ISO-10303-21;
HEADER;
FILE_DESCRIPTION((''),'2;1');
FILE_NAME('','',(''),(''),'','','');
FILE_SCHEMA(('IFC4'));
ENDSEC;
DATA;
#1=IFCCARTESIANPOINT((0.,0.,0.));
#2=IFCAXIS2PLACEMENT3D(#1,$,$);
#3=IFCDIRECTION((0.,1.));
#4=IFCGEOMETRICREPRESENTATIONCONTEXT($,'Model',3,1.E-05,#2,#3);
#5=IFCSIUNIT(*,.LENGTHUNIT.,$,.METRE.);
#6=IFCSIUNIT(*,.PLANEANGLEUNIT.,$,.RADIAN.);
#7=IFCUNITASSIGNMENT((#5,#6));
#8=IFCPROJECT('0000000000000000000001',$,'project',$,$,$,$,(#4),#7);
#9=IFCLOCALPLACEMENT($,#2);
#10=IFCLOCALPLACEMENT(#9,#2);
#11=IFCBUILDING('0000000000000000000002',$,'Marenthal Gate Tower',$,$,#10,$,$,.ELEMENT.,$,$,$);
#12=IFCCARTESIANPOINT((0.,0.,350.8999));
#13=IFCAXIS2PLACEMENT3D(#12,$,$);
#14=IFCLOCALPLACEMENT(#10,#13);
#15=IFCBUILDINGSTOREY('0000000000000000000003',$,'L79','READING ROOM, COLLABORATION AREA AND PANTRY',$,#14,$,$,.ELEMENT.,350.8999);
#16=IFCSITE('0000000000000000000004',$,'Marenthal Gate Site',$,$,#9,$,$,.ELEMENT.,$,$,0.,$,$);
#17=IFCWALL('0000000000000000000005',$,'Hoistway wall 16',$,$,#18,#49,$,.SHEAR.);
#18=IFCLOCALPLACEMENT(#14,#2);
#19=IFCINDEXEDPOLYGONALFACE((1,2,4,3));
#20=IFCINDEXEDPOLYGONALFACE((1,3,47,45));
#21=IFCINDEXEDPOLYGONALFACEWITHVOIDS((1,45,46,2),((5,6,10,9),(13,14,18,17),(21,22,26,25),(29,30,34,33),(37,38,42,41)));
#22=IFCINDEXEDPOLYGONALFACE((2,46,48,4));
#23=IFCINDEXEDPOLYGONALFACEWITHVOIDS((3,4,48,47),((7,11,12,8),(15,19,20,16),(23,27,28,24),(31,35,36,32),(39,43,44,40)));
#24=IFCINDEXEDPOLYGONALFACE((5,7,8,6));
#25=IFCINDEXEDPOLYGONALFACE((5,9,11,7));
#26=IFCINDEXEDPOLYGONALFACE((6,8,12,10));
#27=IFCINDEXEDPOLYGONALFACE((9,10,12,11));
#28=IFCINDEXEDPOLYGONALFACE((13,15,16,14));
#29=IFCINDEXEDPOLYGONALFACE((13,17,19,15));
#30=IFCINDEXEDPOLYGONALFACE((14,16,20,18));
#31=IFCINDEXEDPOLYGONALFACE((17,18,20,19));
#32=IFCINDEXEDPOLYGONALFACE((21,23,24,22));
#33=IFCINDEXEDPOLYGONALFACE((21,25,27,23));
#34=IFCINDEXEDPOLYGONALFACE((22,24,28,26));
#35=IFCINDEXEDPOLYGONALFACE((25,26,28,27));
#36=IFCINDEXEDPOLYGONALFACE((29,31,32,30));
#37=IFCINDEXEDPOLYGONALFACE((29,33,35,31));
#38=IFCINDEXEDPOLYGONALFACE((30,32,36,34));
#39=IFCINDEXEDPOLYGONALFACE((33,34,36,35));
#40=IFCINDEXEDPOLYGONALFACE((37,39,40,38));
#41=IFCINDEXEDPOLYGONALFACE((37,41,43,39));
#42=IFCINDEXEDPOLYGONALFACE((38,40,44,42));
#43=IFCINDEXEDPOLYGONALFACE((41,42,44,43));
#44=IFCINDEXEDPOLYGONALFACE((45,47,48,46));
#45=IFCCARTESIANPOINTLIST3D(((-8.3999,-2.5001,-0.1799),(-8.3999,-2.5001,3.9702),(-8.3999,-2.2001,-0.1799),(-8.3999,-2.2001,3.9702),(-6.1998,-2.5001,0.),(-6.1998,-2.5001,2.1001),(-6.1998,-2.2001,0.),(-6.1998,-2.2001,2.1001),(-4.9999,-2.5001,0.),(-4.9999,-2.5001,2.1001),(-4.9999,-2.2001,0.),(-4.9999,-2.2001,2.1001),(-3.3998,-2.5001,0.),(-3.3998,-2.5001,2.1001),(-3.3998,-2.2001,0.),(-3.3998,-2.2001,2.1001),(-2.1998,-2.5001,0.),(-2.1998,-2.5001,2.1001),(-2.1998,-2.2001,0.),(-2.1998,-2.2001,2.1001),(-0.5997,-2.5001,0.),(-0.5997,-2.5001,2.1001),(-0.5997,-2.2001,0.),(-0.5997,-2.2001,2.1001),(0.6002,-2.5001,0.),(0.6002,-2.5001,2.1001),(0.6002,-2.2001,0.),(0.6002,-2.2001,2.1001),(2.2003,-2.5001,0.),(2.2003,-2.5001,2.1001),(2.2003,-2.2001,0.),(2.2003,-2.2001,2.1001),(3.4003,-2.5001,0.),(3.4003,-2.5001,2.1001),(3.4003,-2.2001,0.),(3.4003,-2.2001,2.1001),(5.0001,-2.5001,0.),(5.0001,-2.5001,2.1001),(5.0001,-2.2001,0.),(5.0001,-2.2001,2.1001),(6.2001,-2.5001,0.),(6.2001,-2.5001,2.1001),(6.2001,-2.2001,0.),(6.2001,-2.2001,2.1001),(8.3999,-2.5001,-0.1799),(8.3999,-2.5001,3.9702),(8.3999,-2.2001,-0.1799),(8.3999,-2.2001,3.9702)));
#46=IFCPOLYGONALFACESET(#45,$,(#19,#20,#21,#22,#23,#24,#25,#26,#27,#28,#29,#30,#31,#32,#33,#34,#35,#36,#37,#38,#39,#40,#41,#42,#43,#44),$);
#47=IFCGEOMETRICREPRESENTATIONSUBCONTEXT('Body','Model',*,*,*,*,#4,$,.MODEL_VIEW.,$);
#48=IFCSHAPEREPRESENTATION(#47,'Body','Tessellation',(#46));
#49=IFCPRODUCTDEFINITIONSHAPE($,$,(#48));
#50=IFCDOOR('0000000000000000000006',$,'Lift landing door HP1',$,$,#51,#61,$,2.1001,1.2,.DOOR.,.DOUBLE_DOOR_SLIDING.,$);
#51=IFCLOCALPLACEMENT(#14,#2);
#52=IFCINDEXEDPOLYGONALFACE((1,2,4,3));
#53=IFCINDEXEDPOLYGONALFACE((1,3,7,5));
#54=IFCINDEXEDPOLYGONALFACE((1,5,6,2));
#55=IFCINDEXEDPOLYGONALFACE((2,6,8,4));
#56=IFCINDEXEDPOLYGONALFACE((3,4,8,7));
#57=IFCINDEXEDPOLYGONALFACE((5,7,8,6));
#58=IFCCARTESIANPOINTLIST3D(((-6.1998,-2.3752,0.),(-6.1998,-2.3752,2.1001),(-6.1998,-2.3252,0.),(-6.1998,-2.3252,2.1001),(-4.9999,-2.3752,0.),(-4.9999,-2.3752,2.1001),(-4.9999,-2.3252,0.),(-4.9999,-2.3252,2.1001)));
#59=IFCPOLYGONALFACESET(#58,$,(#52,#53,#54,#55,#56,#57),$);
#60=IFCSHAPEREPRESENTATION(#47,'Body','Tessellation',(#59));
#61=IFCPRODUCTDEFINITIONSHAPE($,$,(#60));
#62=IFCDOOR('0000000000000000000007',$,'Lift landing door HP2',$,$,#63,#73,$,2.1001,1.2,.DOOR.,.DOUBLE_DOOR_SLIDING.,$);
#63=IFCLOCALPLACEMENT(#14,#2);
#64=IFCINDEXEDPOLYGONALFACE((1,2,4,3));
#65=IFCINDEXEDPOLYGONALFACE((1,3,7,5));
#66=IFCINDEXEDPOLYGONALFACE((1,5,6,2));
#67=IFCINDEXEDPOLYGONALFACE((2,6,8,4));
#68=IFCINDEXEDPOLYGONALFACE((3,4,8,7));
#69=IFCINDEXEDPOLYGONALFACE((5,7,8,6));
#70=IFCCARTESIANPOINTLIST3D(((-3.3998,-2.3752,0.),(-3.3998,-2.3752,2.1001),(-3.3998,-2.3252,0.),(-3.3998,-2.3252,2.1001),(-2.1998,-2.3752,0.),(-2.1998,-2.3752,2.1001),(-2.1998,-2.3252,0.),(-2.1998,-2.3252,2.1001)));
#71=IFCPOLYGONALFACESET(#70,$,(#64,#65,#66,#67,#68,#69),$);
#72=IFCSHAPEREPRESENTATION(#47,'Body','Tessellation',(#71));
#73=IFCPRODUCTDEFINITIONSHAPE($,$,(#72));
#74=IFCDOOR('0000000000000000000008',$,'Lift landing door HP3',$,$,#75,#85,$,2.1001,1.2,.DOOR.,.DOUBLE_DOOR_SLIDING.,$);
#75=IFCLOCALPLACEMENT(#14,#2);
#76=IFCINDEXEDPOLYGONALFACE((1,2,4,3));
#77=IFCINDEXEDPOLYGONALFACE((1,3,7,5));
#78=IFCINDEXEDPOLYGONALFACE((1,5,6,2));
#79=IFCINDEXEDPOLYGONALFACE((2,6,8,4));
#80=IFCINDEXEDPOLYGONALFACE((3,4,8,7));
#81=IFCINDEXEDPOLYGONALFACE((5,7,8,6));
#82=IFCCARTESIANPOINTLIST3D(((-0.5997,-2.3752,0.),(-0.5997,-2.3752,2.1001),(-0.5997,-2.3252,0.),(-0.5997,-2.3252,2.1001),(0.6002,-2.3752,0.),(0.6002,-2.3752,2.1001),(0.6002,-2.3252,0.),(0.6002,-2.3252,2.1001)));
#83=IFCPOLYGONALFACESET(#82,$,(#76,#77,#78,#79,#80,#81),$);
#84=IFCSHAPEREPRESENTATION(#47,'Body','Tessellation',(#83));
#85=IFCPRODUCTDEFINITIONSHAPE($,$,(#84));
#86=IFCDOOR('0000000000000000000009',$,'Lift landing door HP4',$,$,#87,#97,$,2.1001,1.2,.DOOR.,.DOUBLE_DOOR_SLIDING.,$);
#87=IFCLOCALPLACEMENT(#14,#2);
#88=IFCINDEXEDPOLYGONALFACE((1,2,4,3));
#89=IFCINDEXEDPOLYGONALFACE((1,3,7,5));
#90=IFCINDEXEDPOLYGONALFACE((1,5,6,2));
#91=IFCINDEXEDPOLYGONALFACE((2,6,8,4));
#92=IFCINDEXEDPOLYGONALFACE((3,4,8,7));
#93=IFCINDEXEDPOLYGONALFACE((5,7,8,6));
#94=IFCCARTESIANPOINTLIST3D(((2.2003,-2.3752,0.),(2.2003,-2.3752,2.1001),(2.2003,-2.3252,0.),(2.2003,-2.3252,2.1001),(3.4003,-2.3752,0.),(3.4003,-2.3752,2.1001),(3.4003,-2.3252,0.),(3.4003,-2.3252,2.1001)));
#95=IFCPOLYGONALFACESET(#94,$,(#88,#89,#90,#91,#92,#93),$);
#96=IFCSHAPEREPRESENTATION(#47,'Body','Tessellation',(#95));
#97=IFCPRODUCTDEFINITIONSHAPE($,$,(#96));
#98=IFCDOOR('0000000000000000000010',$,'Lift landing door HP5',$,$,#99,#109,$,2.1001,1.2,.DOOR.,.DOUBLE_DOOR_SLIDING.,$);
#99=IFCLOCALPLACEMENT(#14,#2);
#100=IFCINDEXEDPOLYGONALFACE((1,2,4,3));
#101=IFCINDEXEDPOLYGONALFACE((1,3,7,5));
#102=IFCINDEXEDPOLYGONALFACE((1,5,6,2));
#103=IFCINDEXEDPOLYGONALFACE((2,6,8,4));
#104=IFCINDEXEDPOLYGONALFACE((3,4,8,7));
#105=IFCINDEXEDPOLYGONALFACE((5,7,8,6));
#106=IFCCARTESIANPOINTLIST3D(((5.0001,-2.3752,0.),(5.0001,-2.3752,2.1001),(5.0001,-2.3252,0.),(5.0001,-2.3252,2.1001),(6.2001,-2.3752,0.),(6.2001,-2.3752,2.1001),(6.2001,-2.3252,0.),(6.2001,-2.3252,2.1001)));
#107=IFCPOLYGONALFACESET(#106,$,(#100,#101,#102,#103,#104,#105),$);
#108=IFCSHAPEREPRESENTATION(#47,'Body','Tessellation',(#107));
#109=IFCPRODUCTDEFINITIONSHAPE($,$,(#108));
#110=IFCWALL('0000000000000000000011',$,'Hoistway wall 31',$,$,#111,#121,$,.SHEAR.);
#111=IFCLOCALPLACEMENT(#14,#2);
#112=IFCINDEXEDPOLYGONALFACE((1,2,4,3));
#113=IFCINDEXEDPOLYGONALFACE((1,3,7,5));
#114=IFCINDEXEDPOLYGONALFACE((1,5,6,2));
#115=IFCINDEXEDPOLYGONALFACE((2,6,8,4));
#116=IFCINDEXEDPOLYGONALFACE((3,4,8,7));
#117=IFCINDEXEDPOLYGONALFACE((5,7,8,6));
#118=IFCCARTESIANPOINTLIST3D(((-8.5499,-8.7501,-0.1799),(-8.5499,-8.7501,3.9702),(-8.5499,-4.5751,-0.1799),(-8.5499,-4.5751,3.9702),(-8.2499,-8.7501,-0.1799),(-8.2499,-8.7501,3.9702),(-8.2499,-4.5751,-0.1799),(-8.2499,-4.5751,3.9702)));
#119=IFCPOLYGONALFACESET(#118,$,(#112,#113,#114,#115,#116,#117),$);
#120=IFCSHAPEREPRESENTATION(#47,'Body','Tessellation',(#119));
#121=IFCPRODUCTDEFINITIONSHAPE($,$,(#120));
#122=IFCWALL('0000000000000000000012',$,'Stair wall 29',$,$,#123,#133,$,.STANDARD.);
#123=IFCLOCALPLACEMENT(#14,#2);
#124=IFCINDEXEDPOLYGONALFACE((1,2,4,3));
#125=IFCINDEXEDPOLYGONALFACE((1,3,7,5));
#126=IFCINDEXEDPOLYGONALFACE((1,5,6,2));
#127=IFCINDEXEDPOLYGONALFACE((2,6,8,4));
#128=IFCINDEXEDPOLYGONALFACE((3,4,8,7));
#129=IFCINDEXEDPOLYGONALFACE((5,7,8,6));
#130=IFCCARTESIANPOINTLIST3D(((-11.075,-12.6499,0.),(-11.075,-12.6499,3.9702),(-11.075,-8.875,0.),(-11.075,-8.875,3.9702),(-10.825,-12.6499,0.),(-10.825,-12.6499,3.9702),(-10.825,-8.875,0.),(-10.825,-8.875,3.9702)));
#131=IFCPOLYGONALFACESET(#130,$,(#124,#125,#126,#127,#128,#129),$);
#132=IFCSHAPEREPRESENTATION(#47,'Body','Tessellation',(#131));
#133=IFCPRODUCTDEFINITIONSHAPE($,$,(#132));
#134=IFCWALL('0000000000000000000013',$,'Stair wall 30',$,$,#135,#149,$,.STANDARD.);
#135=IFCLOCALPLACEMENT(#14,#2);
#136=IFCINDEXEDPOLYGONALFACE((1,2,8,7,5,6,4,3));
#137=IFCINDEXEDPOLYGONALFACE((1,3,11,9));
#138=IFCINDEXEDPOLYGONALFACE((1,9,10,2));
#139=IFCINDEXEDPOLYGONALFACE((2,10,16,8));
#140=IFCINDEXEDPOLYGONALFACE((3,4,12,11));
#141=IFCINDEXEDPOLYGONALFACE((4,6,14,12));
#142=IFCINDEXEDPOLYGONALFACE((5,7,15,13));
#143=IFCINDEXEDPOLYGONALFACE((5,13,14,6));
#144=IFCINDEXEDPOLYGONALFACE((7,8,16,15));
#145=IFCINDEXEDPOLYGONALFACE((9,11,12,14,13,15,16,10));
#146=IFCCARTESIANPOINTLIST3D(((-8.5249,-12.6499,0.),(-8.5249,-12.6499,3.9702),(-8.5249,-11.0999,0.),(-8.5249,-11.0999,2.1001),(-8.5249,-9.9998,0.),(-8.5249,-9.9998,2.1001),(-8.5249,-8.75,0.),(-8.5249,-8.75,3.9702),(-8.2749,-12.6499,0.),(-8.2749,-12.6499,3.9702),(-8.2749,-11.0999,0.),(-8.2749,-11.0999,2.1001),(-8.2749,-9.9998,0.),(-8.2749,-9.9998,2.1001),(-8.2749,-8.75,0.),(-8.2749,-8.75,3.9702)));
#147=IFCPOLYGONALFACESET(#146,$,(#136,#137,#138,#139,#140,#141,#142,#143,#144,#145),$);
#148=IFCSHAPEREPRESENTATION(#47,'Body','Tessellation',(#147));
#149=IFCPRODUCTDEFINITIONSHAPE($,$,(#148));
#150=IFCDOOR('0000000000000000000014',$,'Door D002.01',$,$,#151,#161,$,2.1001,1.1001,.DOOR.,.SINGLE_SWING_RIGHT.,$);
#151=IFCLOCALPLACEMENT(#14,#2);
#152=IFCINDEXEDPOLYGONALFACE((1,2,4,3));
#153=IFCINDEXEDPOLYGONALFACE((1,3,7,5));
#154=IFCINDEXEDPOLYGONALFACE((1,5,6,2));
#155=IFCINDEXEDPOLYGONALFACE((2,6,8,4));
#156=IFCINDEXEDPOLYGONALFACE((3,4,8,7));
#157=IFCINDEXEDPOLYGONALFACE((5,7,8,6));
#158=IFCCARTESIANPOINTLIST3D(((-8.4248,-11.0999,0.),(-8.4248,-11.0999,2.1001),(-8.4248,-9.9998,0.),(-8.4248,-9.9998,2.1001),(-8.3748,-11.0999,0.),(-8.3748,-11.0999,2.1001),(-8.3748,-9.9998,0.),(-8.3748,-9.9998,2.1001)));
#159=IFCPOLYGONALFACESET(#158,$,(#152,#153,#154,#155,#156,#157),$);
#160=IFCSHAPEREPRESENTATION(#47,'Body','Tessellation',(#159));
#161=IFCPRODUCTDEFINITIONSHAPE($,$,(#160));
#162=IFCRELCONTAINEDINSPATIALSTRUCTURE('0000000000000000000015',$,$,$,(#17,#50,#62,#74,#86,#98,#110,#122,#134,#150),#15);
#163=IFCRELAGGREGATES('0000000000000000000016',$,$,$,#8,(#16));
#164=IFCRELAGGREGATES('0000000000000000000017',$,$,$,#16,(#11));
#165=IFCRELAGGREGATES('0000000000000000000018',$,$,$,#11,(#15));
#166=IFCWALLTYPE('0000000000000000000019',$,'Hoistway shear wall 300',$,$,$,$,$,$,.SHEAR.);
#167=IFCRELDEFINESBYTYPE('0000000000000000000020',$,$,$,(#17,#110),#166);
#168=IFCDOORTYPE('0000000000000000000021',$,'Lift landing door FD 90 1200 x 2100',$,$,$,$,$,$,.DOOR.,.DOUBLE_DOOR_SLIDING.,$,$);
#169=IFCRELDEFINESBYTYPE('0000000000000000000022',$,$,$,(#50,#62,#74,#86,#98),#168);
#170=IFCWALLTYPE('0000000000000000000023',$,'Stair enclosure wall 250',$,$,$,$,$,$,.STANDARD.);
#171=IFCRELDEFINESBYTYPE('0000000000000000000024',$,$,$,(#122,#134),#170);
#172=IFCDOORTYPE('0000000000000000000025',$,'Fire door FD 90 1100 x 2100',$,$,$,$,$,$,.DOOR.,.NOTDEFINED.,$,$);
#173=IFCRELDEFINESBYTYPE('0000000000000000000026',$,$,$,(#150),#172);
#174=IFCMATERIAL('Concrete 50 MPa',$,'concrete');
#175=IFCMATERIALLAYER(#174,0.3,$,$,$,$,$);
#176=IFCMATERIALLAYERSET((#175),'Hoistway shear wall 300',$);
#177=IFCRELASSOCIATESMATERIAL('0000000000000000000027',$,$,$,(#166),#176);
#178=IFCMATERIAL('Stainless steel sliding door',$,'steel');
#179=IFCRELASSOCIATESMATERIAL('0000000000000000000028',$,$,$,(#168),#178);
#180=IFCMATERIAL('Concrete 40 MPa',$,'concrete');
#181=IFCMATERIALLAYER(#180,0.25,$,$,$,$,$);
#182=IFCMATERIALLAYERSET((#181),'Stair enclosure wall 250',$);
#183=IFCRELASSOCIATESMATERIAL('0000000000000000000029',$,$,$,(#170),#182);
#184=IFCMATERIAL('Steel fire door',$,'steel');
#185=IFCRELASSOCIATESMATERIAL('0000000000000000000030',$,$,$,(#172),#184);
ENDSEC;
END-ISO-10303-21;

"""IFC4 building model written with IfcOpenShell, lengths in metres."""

from ifc_helpers import new_model, si_unit, direction, frame, frame_2d, origin, place, context, subcontext, project, spatial, rectangle, extrude, material, layer, layer_set, type_object, element, fill, save


model = new_model("IFC4")

# Units and contexts
model_context = context("Model", 3, precision=1e-05, world=origin(), true_north=direction((0.0, 1.0)))
body_context = subcontext(model_context, "Body", "Model", "MODEL_VIEW")
ifc_project = project(units=[si_unit("LENGTHUNIT", "METRE"), si_unit("PLANEANGLEUNIT", "RADIAN")], contexts=[model_context])

# Site, building, storey
site_placement = place(None, origin())
site = spatial("IfcSite", under=ifc_project, at=site_placement, Name="Marenthal Gate Site", CompositionType="ELEMENT", RefElevation=0.0)
building_placement = place(site_placement, origin())
building = spatial("IfcBuilding", under=site, at=building_placement, Name="Marenthal Gate Tower", CompositionType="ELEMENT")
storey_placement = place(building_placement, frame((0.0, 0.0, 350.8999)))
storey = spatial("IfcBuildingStorey", under=building, at=storey_placement, Name="L79", Description="READING ROOM, COLLABORATION AREA AND PANTRY", CompositionType="ELEMENT", Elevation=350.8999)

# Wall, openings, doors
ifc_material_1 = material(Name="Concrete 50 MPa", Category="concrete")
ifc_layer_1 = layer(ifc_material_1, 0.3)
ifc_layer_set_1 = layer_set([ifc_layer_1], Name="Hoistway shear wall 300")
wall_type_1 = type_object("IfcWallType", Name="Hoistway shear wall 300", PredefinedType="SHEAR", material=ifc_layer_set_1)
wall_1_placement = place(storey_placement, frame((-8.3999, -2.3501, -0.1799), z_axis=(0.0, 0.0, 1.0), x_axis=(1.0, 0.0, 0.0)))
wall_1 = element("IfcWall", 1, at=wall_1_placement, inside=storey, type_object=wall_type_1, Name="Hoistway wall 16", PredefinedType="SHEAR", context=body_context, shape_type="SweptSolid", body=[
    extrude(rectangle(XDim=16.7998, YDim=0.3, at=frame_2d((8.3999, 0.0))), origin(), (0.0, 0.0, 1.0), 4.1501),
])
opening_1_placement = place(wall_1_placement, frame((2.2, 0.0, 0.1799)))
opening_1 = element("IfcOpeningElement", 2, at=opening_1_placement, cuts=wall_1, PredefinedType="OPENING", context=body_context, shape_type="SweptSolid", body=[
    extrude(rectangle(XDim=1.2, YDim=2.1001, at=frame_2d((0.6001, 1.05))), frame((0.0, 0.1602, 0.0), z_axis=(0.0, -1.0, 0.0), x_axis=(1.0, 0.0, 0.0)), (0.0, 0.0, 1.0), 0.3201),
])
opening_2_placement = place(wall_1_placement, frame((5.0, 0.0, 0.1799)))
opening_2 = element("IfcOpeningElement", 3, at=opening_2_placement, cuts=wall_1, PredefinedType="OPENING", context=body_context, shape_type="SweptSolid", body=[
    extrude(rectangle(XDim=1.2, YDim=2.1001, at=frame_2d((0.6001, 1.05))), frame((0.0, 0.1602, 0.0), z_axis=(0.0, -1.0, 0.0), x_axis=(1.0, 0.0, 0.0)), (0.0, 0.0, 1.0), 0.3201),
])
opening_3_placement = place(wall_1_placement, frame((7.8, 0.0, 0.1799)))
opening_3 = element("IfcOpeningElement", 4, at=opening_3_placement, cuts=wall_1, PredefinedType="OPENING", context=body_context, shape_type="SweptSolid", body=[
    extrude(rectangle(XDim=1.2, YDim=2.1001, at=frame_2d((0.6001, 1.05))), frame((0.0, 0.1602, 0.0), z_axis=(0.0, -1.0, 0.0), x_axis=(1.0, 0.0, 0.0)), (0.0, 0.0, 1.0), 0.3201),
])
opening_4_placement = place(wall_1_placement, frame((10.6001, 0.0, 0.1799)))
opening_4 = element("IfcOpeningElement", 5, at=opening_4_placement, cuts=wall_1, PredefinedType="OPENING", context=body_context, shape_type="SweptSolid", body=[
    extrude(rectangle(XDim=1.2, YDim=2.1001, at=frame_2d((0.6001, 1.05))), frame((0.0, 0.1602, 0.0), z_axis=(0.0, -1.0, 0.0), x_axis=(1.0, 0.0, 0.0)), (0.0, 0.0, 1.0), 0.3201),
])
opening_5_placement = place(wall_1_placement, frame((13.3999, 0.0, 0.1799)))
opening_5 = element("IfcOpeningElement", 6, at=opening_5_placement, cuts=wall_1, PredefinedType="OPENING", context=body_context, shape_type="SweptSolid", body=[
    extrude(rectangle(XDim=1.2, YDim=2.1001, at=frame_2d((0.6001, 1.05))), frame((0.0, 0.1602, 0.0), z_axis=(0.0, -1.0, 0.0), x_axis=(1.0, 0.0, 0.0)), (0.0, 0.0, 1.0), 0.3201),
])
ifc_material_2 = material(Name="Stainless steel sliding door", Category="steel")
door_type_1 = type_object("IfcDoorType", Name="Lift landing door FD 90 1200 x 2100", OperationType="DOUBLE_DOOR_SLIDING", PredefinedType="DOOR", material=ifc_material_2)
door_1_placement = place(opening_1_placement, origin())
door_1 = element("IfcDoor", 7, at=door_1_placement, inside=storey, type_object=door_type_1, Name="Lift landing door HP1", OperationType="DOUBLE_DOOR_SLIDING", OverallHeight=2.1001, OverallWidth=1.2, PredefinedType="DOOR", context=body_context, shape_type="SweptSolid", body=[
    extrude(rectangle(XDim=1.2, YDim=2.1001, at=frame_2d((0.6001, 1.05))), frame((0.0, 0.0249, 0.0), z_axis=(0.0, -1.0, 0.0), x_axis=(1.0, 0.0, 0.0)), (0.0, 0.0, 1.0), 0.05),
])
fill(opening_1, door_1)
door_2_placement = place(opening_2_placement, origin())
door_2 = element("IfcDoor", 8, at=door_2_placement, inside=storey, type_object=door_type_1, Name="Lift landing door HP2", OperationType="DOUBLE_DOOR_SLIDING", OverallHeight=2.1001, OverallWidth=1.2, PredefinedType="DOOR", context=body_context, shape_type="SweptSolid", body=[
    extrude(rectangle(XDim=1.2, YDim=2.1001, at=frame_2d((0.6001, 1.05))), frame((0.0, 0.0249, 0.0), z_axis=(0.0, -1.0, 0.0), x_axis=(1.0, 0.0, 0.0)), (0.0, 0.0, 1.0), 0.05),
])
fill(opening_2, door_2)
door_3_placement = place(opening_3_placement, origin())
door_3 = element("IfcDoor", 9, at=door_3_placement, inside=storey, type_object=door_type_1, Name="Lift landing door HP3", OperationType="DOUBLE_DOOR_SLIDING", OverallHeight=2.1001, OverallWidth=1.2, PredefinedType="DOOR", context=body_context, shape_type="SweptSolid", body=[
    extrude(rectangle(XDim=1.2, YDim=2.1001, at=frame_2d((0.6001, 1.05))), frame((0.0, 0.0249, 0.0), z_axis=(0.0, -1.0, 0.0), x_axis=(1.0, 0.0, 0.0)), (0.0, 0.0, 1.0), 0.05),
])
fill(opening_3, door_3)
door_4_placement = place(opening_4_placement, origin())
door_4 = element("IfcDoor", 10, at=door_4_placement, inside=storey, type_object=door_type_1, Name="Lift landing door HP4", OperationType="DOUBLE_DOOR_SLIDING", OverallHeight=2.1001, OverallWidth=1.2, PredefinedType="DOOR", context=body_context, shape_type="SweptSolid", body=[
    extrude(rectangle(XDim=1.2, YDim=2.1001, at=frame_2d((0.6001, 1.05))), frame((0.0, 0.0249, 0.0), z_axis=(0.0, -1.0, 0.0), x_axis=(1.0, 0.0, 0.0)), (0.0, 0.0, 1.0), 0.05),
])
fill(opening_4, door_4)
door_5_placement = place(opening_5_placement, origin())
door_5 = element("IfcDoor", 11, at=door_5_placement, inside=storey, type_object=door_type_1, Name="Lift landing door HP5", OperationType="DOUBLE_DOOR_SLIDING", OverallHeight=2.1001, OverallWidth=1.2, PredefinedType="DOOR", context=body_context, shape_type="SweptSolid", body=[
    extrude(rectangle(XDim=1.2, YDim=2.1001, at=frame_2d((0.6001, 1.05))), frame((0.0, 0.0249, 0.0), z_axis=(0.0, -1.0, 0.0), x_axis=(1.0, 0.0, 0.0)), (0.0, 0.0, 1.0), 0.05),
])
fill(opening_5, door_5)

# Walls
wall_2_placement = place(storey_placement, frame((-8.3999, -8.75, -0.1799), z_axis=(0.0, 0.0, 1.0), x_axis=(0.0, 1.0, 0.0)))
element("IfcWall", 12, at=wall_2_placement, inside=storey, type_object=wall_type_1, Name="Hoistway wall 31", PredefinedType="SHEAR", context=body_context, shape_type="SweptSolid", body=[
    extrude(rectangle(XDim=4.175, YDim=0.3, at=frame_2d((2.0874, 0.0))), origin(), (0.0, 0.0, 1.0), 4.1501),
])
ifc_material_3 = material(Name="Concrete 40 MPa", Category="concrete")
ifc_layer_2 = layer(ifc_material_3, 0.25)
ifc_layer_set_2 = layer_set([ifc_layer_2], Name="Stair enclosure wall 250")
wall_type_2 = type_object("IfcWallType", Name="Stair enclosure wall 250", PredefinedType="STANDARD", material=ifc_layer_set_2)
wall_3_placement = place(storey_placement, frame((-10.95, -12.6499, 0.0), z_axis=(0.0, 0.0, 1.0), x_axis=(0.0, 1.0, 0.0)))
element("IfcWall", 13, at=wall_3_placement, inside=storey, type_object=wall_type_2, Name="Stair wall 29", PredefinedType="STANDARD", context=body_context, shape_type="SweptSolid", body=[
    extrude(rectangle(XDim=3.7749, YDim=0.25, at=frame_2d((1.8875, 0.0))), origin(), (0.0, 0.0, 1.0), 3.9702),
])

# Wall, opening, door
wall_4_placement = place(storey_placement, frame((-8.3999, -12.6499, 0.0), z_axis=(0.0, 0.0, 1.0), x_axis=(0.0, 1.0, 0.0)))
wall_4 = element("IfcWall", 14, at=wall_4_placement, inside=storey, type_object=wall_type_2, Name="Stair wall 30", PredefinedType="STANDARD", context=body_context, shape_type="SweptSolid", body=[
    extrude(rectangle(XDim=3.8999, YDim=0.25, at=frame_2d((1.95, 0.0))), origin(), (0.0, 0.0, 1.0), 3.9702),
])
opening_6_placement = place(wall_4_placement, frame((1.55, 0.0, 0.0)))
opening_6 = element("IfcOpeningElement", 15, at=opening_6_placement, cuts=wall_4, PredefinedType="OPENING", context=body_context, shape_type="SweptSolid", body=[
    extrude(rectangle(XDim=1.1001, YDim=2.1001, at=frame_2d((0.55, 1.05))), frame((0.0, 0.135, 0.0), z_axis=(0.0, -1.0, 0.0), x_axis=(1.0, 0.0, 0.0)), (0.0, 0.0, 1.0), 0.27),
])
ifc_material_4 = material(Name="Steel fire door", Category="steel")
door_type_2 = type_object("IfcDoorType", Name="Fire door FD 90 1100 x 2100", OperationType="NOTDEFINED", PredefinedType="DOOR", material=ifc_material_4)
door_6_placement = place(opening_6_placement, origin())
door_6 = element("IfcDoor", 16, at=door_6_placement, inside=storey, type_object=door_type_2, Name="Door D002.01", OperationType="SINGLE_SWING_RIGHT", OverallHeight=2.1001, OverallWidth=1.1001, PredefinedType="DOOR", context=body_context, shape_type="SweptSolid", body=[
    extrude(rectangle(XDim=1.1001, YDim=2.1001, at=frame_2d((0.55, 1.05))), frame((0.0, 0.0249, 0.0), z_axis=(0.0, -1.0, 0.0), x_axis=(1.0, 0.0, 0.0)), (0.0, 0.0, 1.0), 0.05),
])
fill(opening_6, door_6)

save(model, "model.ifc")
